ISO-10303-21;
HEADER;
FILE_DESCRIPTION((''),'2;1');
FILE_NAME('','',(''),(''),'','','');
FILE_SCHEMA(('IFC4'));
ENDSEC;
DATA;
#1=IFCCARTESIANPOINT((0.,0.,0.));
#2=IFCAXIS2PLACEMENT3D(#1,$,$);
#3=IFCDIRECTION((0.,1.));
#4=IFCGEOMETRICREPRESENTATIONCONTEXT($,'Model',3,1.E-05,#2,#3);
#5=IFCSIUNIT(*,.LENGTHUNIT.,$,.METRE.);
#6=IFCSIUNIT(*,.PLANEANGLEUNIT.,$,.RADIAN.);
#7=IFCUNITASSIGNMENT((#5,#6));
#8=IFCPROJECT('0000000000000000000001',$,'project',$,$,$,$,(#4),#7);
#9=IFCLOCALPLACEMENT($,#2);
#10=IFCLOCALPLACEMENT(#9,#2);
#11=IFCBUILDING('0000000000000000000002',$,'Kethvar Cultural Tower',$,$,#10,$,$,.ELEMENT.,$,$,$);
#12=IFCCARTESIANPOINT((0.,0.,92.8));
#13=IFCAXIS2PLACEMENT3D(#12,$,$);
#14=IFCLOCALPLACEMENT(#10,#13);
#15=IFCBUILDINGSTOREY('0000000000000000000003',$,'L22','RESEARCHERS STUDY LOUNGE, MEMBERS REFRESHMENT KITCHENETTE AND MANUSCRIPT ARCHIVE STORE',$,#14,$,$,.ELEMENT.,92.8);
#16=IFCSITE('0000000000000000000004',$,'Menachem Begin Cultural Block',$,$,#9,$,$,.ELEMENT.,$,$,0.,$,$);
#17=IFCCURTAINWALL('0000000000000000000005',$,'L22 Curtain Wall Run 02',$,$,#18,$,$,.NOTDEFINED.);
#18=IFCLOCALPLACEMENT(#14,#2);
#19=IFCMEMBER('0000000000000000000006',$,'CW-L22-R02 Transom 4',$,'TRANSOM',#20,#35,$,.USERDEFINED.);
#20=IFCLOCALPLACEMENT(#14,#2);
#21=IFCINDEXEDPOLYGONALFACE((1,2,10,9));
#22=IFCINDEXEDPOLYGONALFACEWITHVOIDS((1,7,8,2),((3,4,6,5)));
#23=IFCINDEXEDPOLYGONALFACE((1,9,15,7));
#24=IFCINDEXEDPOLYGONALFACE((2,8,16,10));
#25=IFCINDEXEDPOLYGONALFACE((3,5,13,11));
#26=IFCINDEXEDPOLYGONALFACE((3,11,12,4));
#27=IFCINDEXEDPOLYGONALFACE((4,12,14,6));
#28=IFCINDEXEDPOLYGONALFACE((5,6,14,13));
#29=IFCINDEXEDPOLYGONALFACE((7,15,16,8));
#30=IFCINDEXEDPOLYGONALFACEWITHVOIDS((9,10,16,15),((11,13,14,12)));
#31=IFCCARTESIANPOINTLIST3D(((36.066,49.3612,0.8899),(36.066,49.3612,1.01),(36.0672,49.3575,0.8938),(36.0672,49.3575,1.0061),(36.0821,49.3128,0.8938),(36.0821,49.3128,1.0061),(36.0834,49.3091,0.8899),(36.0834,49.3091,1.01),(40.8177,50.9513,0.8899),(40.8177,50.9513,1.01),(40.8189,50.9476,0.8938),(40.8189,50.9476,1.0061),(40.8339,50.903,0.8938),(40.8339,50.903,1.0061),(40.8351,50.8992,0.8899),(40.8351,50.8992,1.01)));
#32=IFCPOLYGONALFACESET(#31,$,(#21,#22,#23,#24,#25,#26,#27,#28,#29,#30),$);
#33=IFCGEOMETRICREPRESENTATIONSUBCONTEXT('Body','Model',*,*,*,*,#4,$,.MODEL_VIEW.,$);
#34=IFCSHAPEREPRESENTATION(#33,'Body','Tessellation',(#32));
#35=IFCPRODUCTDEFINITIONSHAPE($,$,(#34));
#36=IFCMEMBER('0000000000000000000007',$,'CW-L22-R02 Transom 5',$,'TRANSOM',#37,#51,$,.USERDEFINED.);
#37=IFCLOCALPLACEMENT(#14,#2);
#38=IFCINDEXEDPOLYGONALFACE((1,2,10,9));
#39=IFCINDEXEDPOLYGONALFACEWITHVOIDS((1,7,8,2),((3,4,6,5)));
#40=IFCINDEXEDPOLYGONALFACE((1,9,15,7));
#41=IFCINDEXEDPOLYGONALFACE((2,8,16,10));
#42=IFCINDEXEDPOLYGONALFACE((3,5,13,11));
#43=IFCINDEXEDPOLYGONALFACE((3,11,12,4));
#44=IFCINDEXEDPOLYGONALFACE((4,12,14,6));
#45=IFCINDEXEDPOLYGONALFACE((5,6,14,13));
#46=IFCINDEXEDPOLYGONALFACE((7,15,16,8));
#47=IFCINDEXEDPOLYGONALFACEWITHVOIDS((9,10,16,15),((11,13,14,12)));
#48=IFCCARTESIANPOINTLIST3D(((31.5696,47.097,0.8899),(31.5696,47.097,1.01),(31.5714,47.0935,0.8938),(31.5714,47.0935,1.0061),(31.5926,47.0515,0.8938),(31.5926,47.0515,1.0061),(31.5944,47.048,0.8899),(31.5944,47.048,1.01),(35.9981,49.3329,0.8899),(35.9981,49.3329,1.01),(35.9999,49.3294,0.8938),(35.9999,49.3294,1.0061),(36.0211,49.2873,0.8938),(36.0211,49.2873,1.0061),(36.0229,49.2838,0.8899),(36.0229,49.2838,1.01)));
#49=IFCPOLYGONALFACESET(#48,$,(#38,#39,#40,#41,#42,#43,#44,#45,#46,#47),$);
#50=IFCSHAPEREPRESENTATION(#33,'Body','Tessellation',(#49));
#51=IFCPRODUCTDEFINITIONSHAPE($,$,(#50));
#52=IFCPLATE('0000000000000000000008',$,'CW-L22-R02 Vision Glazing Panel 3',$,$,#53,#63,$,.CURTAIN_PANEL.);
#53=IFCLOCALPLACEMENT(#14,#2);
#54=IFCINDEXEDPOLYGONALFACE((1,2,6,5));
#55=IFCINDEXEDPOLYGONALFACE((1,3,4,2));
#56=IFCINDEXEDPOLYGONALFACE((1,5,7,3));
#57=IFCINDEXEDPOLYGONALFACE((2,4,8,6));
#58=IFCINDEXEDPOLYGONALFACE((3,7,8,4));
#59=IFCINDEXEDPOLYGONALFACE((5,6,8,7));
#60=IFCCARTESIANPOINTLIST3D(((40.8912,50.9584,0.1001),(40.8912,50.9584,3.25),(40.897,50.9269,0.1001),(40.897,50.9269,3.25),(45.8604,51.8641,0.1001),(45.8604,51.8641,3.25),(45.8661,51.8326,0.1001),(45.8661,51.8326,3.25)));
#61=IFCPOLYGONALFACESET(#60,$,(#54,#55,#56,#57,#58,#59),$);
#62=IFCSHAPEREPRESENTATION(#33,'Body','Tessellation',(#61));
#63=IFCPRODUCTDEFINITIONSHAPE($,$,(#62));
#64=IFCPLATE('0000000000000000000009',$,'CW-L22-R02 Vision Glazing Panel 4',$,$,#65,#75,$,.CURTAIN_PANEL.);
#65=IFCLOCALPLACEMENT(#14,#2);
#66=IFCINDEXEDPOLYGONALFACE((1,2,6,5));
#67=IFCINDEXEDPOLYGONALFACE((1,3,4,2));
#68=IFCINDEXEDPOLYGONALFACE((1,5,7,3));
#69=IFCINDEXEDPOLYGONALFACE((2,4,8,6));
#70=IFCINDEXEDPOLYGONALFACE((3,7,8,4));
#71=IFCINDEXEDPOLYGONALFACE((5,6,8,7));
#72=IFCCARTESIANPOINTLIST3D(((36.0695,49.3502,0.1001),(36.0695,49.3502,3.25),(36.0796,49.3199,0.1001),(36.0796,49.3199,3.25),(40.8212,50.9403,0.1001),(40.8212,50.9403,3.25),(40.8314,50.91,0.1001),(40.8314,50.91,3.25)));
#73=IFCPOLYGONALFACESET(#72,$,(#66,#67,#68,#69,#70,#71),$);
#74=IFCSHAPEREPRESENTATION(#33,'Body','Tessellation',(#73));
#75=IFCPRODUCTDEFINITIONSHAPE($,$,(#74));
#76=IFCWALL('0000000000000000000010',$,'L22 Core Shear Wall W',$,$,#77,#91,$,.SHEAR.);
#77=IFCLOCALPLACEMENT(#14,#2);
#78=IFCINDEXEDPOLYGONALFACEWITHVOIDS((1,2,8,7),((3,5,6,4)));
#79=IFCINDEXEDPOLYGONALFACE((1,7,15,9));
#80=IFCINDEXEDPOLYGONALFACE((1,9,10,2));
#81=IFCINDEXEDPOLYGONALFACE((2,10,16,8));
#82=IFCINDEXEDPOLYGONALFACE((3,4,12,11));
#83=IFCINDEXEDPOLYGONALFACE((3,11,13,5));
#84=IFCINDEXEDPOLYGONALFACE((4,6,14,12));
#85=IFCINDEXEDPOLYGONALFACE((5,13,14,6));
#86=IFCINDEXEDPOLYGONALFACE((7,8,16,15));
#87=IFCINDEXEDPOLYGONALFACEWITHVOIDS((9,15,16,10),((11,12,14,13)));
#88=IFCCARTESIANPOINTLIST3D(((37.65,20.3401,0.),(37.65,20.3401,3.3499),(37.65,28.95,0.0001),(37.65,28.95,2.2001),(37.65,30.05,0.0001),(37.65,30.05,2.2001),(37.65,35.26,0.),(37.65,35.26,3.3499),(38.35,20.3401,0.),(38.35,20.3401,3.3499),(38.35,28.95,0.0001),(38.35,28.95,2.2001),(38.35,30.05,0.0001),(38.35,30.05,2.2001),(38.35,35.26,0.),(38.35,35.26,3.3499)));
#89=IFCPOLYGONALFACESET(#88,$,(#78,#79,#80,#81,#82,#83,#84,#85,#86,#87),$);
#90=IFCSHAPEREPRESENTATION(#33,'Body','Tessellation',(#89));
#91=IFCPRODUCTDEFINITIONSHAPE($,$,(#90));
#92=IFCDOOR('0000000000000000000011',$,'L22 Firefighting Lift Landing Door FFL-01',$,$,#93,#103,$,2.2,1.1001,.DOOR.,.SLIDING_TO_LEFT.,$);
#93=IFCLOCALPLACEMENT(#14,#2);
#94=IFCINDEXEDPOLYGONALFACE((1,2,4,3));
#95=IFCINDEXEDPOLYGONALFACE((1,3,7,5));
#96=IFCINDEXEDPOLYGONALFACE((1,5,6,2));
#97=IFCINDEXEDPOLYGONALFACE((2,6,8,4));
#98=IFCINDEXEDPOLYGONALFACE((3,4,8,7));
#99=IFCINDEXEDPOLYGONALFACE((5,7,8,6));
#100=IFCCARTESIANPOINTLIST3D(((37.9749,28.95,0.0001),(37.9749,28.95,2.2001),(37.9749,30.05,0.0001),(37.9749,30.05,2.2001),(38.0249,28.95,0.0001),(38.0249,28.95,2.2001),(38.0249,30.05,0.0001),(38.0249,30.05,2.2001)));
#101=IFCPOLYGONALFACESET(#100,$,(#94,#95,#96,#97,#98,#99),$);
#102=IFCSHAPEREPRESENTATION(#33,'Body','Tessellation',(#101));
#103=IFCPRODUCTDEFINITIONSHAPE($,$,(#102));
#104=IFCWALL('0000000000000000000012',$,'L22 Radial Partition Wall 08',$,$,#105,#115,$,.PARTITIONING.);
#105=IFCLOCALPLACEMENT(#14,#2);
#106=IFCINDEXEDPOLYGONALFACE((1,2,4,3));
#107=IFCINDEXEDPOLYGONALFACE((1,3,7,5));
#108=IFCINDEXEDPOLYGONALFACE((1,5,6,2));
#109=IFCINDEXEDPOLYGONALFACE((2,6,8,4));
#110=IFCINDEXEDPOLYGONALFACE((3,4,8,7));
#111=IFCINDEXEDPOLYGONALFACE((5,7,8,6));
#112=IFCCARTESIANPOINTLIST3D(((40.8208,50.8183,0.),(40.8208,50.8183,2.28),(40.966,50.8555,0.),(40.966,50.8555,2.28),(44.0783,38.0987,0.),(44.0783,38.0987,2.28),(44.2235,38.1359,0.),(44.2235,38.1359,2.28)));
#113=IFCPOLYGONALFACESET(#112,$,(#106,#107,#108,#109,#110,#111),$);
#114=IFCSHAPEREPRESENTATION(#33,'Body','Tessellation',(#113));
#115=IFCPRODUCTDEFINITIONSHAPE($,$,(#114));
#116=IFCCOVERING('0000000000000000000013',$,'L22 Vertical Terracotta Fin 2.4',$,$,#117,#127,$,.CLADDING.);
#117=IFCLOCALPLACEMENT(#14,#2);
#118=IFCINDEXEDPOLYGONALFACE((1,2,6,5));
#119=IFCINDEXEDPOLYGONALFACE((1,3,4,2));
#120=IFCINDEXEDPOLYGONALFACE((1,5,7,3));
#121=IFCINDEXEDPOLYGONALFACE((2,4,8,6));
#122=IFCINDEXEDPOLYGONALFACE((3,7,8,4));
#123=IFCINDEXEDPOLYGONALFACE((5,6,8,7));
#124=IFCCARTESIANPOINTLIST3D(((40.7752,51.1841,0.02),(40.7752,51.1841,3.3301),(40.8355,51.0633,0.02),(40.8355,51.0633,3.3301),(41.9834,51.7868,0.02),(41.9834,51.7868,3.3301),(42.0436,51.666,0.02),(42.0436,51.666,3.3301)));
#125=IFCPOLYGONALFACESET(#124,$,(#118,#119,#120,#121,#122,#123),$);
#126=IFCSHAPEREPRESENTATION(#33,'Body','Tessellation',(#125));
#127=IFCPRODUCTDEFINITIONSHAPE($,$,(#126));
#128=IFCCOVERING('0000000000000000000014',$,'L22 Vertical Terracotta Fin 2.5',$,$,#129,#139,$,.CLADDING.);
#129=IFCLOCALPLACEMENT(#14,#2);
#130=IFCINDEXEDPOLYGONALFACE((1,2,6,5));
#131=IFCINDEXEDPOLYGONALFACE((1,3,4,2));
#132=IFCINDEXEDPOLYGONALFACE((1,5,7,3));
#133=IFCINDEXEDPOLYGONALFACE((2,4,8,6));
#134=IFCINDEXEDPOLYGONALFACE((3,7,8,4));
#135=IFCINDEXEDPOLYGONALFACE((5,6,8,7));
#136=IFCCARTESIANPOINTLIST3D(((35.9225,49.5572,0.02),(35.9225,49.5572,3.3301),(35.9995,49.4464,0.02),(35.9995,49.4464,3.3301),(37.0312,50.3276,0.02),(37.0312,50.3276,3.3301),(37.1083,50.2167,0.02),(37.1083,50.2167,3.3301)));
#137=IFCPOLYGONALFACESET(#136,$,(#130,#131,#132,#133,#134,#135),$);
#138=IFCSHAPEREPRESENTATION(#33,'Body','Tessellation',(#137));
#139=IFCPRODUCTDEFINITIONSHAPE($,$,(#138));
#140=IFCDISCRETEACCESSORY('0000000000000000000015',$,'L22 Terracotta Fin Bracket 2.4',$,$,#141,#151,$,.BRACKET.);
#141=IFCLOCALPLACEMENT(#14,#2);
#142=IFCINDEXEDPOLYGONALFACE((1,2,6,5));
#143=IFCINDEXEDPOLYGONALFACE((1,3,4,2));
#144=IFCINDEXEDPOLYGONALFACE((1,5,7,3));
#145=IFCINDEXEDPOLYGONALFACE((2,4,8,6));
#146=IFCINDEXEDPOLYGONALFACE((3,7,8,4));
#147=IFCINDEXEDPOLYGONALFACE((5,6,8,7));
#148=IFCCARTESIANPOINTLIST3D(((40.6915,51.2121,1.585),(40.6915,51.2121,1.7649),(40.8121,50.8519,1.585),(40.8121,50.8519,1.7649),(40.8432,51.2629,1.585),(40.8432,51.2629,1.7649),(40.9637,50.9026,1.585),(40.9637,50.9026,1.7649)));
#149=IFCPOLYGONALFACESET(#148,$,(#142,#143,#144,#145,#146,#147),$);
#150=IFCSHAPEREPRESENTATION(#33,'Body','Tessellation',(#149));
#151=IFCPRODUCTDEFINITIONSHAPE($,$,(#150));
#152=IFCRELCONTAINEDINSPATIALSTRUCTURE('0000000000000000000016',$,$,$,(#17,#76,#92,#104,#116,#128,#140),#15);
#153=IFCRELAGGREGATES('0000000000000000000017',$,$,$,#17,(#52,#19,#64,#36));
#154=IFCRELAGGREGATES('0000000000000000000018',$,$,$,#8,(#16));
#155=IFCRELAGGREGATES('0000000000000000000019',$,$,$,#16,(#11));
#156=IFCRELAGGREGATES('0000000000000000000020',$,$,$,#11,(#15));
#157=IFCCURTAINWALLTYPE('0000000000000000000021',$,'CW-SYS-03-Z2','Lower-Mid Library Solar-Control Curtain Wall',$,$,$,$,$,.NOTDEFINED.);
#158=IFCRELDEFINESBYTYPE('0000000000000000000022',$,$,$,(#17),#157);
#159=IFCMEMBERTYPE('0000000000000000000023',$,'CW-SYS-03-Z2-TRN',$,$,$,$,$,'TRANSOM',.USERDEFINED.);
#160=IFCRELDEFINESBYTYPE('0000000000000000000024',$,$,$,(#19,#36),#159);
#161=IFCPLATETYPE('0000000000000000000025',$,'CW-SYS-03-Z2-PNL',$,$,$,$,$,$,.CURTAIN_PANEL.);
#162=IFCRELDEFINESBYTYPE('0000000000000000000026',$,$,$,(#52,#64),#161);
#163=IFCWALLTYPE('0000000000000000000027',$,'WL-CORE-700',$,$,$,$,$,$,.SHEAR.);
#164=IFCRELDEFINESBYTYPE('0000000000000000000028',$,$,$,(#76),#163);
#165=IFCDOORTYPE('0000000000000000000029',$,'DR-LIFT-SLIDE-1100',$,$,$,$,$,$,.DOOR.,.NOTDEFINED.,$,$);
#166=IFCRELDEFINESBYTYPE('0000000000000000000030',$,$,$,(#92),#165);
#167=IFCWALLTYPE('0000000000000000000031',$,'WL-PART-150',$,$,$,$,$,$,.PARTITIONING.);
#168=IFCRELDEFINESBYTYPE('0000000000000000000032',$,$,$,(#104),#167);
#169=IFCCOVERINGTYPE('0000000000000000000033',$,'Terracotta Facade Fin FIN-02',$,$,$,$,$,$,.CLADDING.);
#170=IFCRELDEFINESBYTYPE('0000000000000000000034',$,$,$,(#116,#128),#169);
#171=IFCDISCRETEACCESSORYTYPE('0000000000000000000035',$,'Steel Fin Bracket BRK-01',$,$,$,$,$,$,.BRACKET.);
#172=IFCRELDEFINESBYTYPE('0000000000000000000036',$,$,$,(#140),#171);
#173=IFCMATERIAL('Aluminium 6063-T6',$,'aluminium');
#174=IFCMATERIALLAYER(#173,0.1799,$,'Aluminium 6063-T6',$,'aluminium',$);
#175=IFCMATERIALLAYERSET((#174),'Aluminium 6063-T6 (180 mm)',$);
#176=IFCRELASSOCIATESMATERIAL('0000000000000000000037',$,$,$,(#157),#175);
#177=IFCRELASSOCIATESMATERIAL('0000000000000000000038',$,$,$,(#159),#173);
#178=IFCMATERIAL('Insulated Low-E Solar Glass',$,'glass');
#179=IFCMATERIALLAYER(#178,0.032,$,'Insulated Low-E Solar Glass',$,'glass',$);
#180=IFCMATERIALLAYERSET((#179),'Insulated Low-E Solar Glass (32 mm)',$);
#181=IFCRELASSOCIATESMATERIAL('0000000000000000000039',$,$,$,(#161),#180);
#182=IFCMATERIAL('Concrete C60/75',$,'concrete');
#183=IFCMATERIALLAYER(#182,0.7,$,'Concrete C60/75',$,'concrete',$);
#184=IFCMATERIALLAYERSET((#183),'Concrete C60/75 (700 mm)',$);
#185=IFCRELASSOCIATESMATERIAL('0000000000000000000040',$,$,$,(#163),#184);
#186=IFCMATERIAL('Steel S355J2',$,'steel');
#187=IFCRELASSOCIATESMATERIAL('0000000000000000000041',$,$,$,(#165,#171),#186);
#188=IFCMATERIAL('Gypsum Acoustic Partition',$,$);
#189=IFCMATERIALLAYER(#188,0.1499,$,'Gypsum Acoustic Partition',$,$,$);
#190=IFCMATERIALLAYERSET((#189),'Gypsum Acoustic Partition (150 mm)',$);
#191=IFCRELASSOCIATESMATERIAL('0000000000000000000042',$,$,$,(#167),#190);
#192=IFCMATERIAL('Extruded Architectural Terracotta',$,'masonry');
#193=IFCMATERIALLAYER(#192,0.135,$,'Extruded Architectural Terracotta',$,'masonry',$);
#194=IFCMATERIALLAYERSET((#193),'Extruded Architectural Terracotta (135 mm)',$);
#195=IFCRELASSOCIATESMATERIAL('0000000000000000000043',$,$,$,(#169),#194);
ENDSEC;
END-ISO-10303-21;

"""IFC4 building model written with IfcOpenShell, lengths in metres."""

from ifc_helpers import new_model, si_unit, direction, frame, frame_2d, origin, origin_2d, place, context, subcontext, project, spatial, rectangle, hollow_rectangle, extrude, source, transform, mapped, material, layer, layer_set, material_profile, profile_set, type_object, element, fill, aggregate, save


model = new_model("IFC4")

# Units and contexts
model_context = context("Model", 3, precision=1e-05, world=origin(), true_north=direction((0.0, 1.0)))
body_context = subcontext(model_context, "Body", "Model", "MODEL_VIEW")
ifc_project = project(units=[si_unit("LENGTHUNIT", "METRE"), si_unit("PLANEANGLEUNIT", "RADIAN")], contexts=[model_context])

# Site, building, storey
site_placement = place(None, origin())
site = spatial("IfcSite", under=ifc_project, at=site_placement, Name="Menachem Begin Cultural Block", CompositionType="ELEMENT", RefElevation=0.0)
building_placement = place(site_placement, origin())
building = spatial("IfcBuilding", under=site, at=building_placement, Name="Kethvar Cultural Tower", CompositionType="ELEMENT")
storey_placement = place(building_placement, frame((0.0, 0.0, 92.8)))
storey = spatial("IfcBuildingStorey", under=building, at=storey_placement, Name="L22", Description="RESEARCHERS STUDY LOUNGE, MEMBERS REFRESHMENT KITCHENETTE AND MANUSCRIPT ARCHIVE STORE", CompositionType="ELEMENT", Elevation=92.8)

# Shared definitions
ifc_material_1 = material(Name="Steel S355J2", Category="steel")

# Curtain wall, members, plates
ifc_material_2 = material(Name="Aluminium 6063-T6", Category="aluminium")
ifc_layer_1 = layer(ifc_material_2, 0.1799, Name="Aluminium 6063-T6", Category="aluminium")
ifc_layer_set_1 = layer_set([ifc_layer_1], Name="Aluminium 6063-T6 (180 mm)")
curtain_wall_type = type_object("IfcCurtainWallType", Name="CW-SYS-03-Z2", Description="Lower-Mid Library Solar-Control Curtain Wall", PredefinedType="NOTDEFINED", material=ifc_layer_set_1)
curtain_wall_placement = place(storey_placement, origin())
curtain_wall = element("IfcCurtainWall", 1, at=curtain_wall_placement, inside=storey, type_object=curtain_wall_type, Name="L22 Curtain Wall Run 02", PredefinedType="NOTDEFINED")
ifc_material_profile_1 = material_profile(ifc_material_2, hollow_rectangle(XDim=0.0549, YDim=0.1201, WallThickness=0.0039, at=origin_2d()), Name="Aluminium 6063-T6 — RHS120x55x4")
ifc_profile_set_1 = profile_set([ifc_material_profile_1], Name="Aluminium 6063-T6 — RHS120x55x4")
member_type_1 = type_object("IfcMemberType", Name="CW-SYS-03-Z2-TRN", ElementType="TRANSOM", PredefinedType="USERDEFINED", material=ifc_profile_set_1)
shared_shape_1 = source(origin(), body_context, "Body", "SweptSolid", [
    extrude(hollow_rectangle(XDim=0.0549, YDim=0.1201, WallThickness=0.0039, at=origin_2d()), origin(), (0.0, 0.0, 1.0), 5.0107),
])
member_1_placement = place(storey_placement, frame((40.8264, 50.9253, 0.95), z_axis=(-0.948312, -0.317338, 0.0), x_axis=(0.317338, -0.948312, 0.0)))
member_1 = element("IfcMember", 2, at=member_1_placement, type_object=member_type_1, Name="CW-L22-R02 Transom 4", ObjectType="TRANSOM", PredefinedType="USERDEFINED", context=body_context, shape_type="MappedRepresentation", body=[
    mapped(shared_shape_1, transform((0.0, 0.0, 0.0), scale=1.0)),
])
shared_shape_2 = source(origin(), body_context, "Body", "SweptSolid", [
    extrude(hollow_rectangle(XDim=0.0549, YDim=0.1201, WallThickness=0.0039, at=origin_2d()), origin(), (0.0, 0.0, 1.0), 4.9609),
])
member_2_placement = place(storey_placement, frame((36.0105, 49.3083, 0.95), z_axis=(-0.892678, -0.450694, 0.0), x_axis=(0.450694, -0.892678, 0.0)))
member_2 = element("IfcMember", 3, at=member_2_placement, type_object=member_type_1, Name="CW-L22-R02 Transom 5", ObjectType="TRANSOM", PredefinedType="USERDEFINED", context=body_context, shape_type="MappedRepresentation", body=[
    mapped(shared_shape_2, transform((0.0, 0.0, 0.0), scale=1.0)),
])
ifc_material_3 = material(Name="Insulated Low-E Solar Glass", Category="glass")
ifc_layer_2 = layer(ifc_material_3, 0.032, Name="Insulated Low-E Solar Glass", Category="glass")
ifc_layer_set_2 = layer_set([ifc_layer_2], Name="Insulated Low-E Solar Glass (32 mm)")
plate_type = type_object("IfcPlateType", Name="CW-SYS-03-Z2-PNL", PredefinedType="CURTAIN_PANEL", material=ifc_layer_set_2)
shared_shape_3 = source(origin(), body_context, "Body", "SweptSolid", [
    extrude(rectangle(XDim=5.051, YDim=0.032, at=origin_2d()), origin(), (0.0, 0.0, 1.0), 3.1499),
])
plate_1_placement = place(storey_placement, frame((43.3787, 51.3955, 0.1001), z_axis=(0.0, 0.0, 1.0), x_axis=(-0.983791, -0.179317, 0.0)))
plate_1 = element("IfcPlate", 4, at=plate_1_placement, type_object=plate_type, Name="CW-L22-R02 Vision Glazing Panel 3", PredefinedType="CURTAIN_PANEL", context=body_context, shape_type="MappedRepresentation", body=[
    mapped(shared_shape_3, transform((0.0, 0.0, 0.0), scale=1.0)),
])
shared_shape_4 = source(origin(), body_context, "Body", "SweptSolid", [
    extrude(rectangle(XDim=5.0107, YDim=0.032, at=origin_2d()), origin(), (0.0, 0.0, 1.0), 3.1499),
])
plate_2_placement = place(storey_placement, frame((38.4504, 50.1301, 0.1001), z_axis=(0.0, 0.0, 1.0), x_axis=(-0.948313, -0.317338, 0.0)))
plate_2 = element("IfcPlate", 5, at=plate_2_placement, type_object=plate_type, Name="CW-L22-R02 Vision Glazing Panel 4", PredefinedType="CURTAIN_PANEL", context=body_context, shape_type="MappedRepresentation", body=[
    mapped(shared_shape_4, transform((0.0, 0.0, 0.0), scale=1.0)),
])
aggregate(curtain_wall, [plate_1, member_1, plate_2, member_2])

# Wall, opening, door
ifc_material_4 = material(Name="Concrete C60/75", Category="concrete")
ifc_layer_3 = layer(ifc_material_4, 0.7, Name="Concrete C60/75", Category="concrete")
ifc_layer_set_3 = layer_set([ifc_layer_3], Name="Concrete C60/75 (700 mm)")
wall_type_1 = type_object("IfcWallType", Name="WL-CORE-700", PredefinedType="SHEAR", material=ifc_layer_set_3)
wall_1_placement = place(storey_placement, frame((38.0, 35.26, 0.0), z_axis=(0.0, 0.0, 1.0), x_axis=(0.0, -1.0, 0.0)))
wall_1 = element("IfcWall", 6, at=wall_1_placement, inside=storey, type_object=wall_type_1, Name="L22 Core Shear Wall W", PredefinedType="SHEAR", context=body_context, shape_type="SweptSolid", body=[
    extrude(rectangle(XDim=14.9199, YDim=0.7, at=frame_2d((7.46, 0.0))), origin(), (0.0, 0.0, 1.0), 3.3499),
])
opening_placement = place(wall_1_placement, frame((5.21, 0.0, 0.0)))
opening = element("IfcOpeningElement", 7, at=opening_placement, cuts=wall_1, PredefinedType="OPENING", context=body_context, shape_type="SweptSolid", body=[
    extrude(rectangle(XDim=1.1001, YDim=2.2, at=frame_2d((0.55, 1.1001))), frame((0.0, 0.3599, 0.0), z_axis=(0.0, -1.0, 0.0), x_axis=(1.0, 0.0, 0.0)), (0.0, 0.0, 1.0), 0.72),
])
door_type = type_object("IfcDoorType", Name="DR-LIFT-SLIDE-1100", OperationType="NOTDEFINED", PredefinedType="DOOR", material=ifc_material_1)
shared_shape_5 = source(origin(), body_context, "Body", "SweptSolid", [
    extrude(rectangle(XDim=1.1001, YDim=2.2, at=frame_2d((0.55, 1.1001))), frame((0.0, 0.0249, 0.0), z_axis=(0.0, -1.0, 0.0), x_axis=(1.0, 0.0, 0.0)), (0.0, 0.0, 1.0), 0.05),
])
door_placement = place(opening_placement, origin())
door = element("IfcDoor", 8, at=door_placement, inside=storey, type_object=door_type, Name="L22 Firefighting Lift Landing Door FFL-01", OperationType="SLIDING_TO_LEFT", OverallHeight=2.2, OverallWidth=1.1001, PredefinedType="DOOR", context=body_context, shape_type="MappedRepresentation", body=[
    mapped(shared_shape_5, transform((0.0, 0.0, 0.0), scale=1.0)),
])
fill(opening, door)

# Wall
ifc_material_5 = material(Name="Gypsum Acoustic Partition")
ifc_layer_4 = layer(ifc_material_5, 0.1499, Name="Gypsum Acoustic Partition")
ifc_layer_set_4 = layer_set([ifc_layer_4], Name="Gypsum Acoustic Partition (150 mm)")
wall_type_2 = type_object("IfcWallType", Name="WL-PART-150", PredefinedType="PARTITIONING", material=ifc_layer_set_4)
wall_2_placement = place(storey_placement, frame((44.1509, 38.1174, 0.0), z_axis=(0.0, 0.0, 1.0), x_axis=(-0.248097, 0.968735, 0.0)))
element("IfcWall", 9, at=wall_2_placement, inside=storey, type_object=wall_type_2, Name="L22 Radial Partition Wall 08", PredefinedType="PARTITIONING", context=body_context, shape_type="SweptSolid", body=[
    extrude(rectangle(XDim=13.1301, YDim=0.1499, at=frame_2d((6.5649, 0.0))), origin(), (0.0, 0.0, 1.0), 2.28),
])

# Coverings
ifc_material_6 = material(Name="Extruded Architectural Terracotta", Category="masonry")
ifc_layer_5 = layer(ifc_material_6, 0.135, Name="Extruded Architectural Terracotta", Category="masonry")
ifc_layer_set_5 = layer_set([ifc_layer_5], Name="Extruded Architectural Terracotta (135 mm)")
covering_type = type_object("IfcCoveringType", Name="Terracotta Facade Fin FIN-02", PredefinedType="CLADDING", material=ifc_layer_set_5)
shared_shape_6 = source(origin(), body_context, "Body", "SweptSolid", [
    extrude(rectangle(XDim=1.3501, YDim=0.135, at=origin_2d()), origin(), (0.0, 0.0, 1.0), 3.3101),
])
for number, where, z_axis, x_axis, name in (
    (10, (41.4094, 51.425, 0.02), (0.0, 0.0, 1.0), (0.894856, 0.446354, 0.0), "L22 Vertical Terracotta Fin 2.4"),
    (11, (36.5154, 49.887, 0.02), (0.0, 0.0, 1.0), (0.821249, 0.57057, 0.0), "L22 Vertical Terracotta Fin 2.5"),
):
    element("IfcCovering", number, at=place(storey_placement, frame(where, z_axis=z_axis, x_axis=x_axis)), inside=storey, type_object=covering_type, Name=name, PredefinedType="CLADDING", context=body_context, shape_type="MappedRepresentation", body=[
        mapped(shared_shape_6, transform((0.0, 0.0, 0.0), scale=1.0)),
    ])

# Discrete accessory
discrete_accessory_type = type_object("IfcDiscreteAccessoryType", Name="Steel Fin Bracket BRK-01", PredefinedType="BRACKET", material=ifc_material_1)
shared_shape_7 = source(origin(), body_context, "Body", "SweptSolid", [
    extrude(rectangle(XDim=0.3799, YDim=0.1599, at=origin_2d()), origin(), (0.0, 0.0, 1.0), 0.1799),
])
discrete_accessory_placement = place(storey_placement, frame((40.8276, 51.0574, 1.585), z_axis=(0.0, 0.0, 1.0), x_axis=(-0.317305, 0.948324, 0.0)))
element("IfcDiscreteAccessory", 12, at=discrete_accessory_placement, inside=storey, type_object=discrete_accessory_type, Name="L22 Terracotta Fin Bracket 2.4", PredefinedType="BRACKET", context=body_context, shape_type="MappedRepresentation", body=[
    mapped(shared_shape_7, transform((0.0, 0.0, 0.0), scale=1.0)),
])

save(model, "model.ifc")
